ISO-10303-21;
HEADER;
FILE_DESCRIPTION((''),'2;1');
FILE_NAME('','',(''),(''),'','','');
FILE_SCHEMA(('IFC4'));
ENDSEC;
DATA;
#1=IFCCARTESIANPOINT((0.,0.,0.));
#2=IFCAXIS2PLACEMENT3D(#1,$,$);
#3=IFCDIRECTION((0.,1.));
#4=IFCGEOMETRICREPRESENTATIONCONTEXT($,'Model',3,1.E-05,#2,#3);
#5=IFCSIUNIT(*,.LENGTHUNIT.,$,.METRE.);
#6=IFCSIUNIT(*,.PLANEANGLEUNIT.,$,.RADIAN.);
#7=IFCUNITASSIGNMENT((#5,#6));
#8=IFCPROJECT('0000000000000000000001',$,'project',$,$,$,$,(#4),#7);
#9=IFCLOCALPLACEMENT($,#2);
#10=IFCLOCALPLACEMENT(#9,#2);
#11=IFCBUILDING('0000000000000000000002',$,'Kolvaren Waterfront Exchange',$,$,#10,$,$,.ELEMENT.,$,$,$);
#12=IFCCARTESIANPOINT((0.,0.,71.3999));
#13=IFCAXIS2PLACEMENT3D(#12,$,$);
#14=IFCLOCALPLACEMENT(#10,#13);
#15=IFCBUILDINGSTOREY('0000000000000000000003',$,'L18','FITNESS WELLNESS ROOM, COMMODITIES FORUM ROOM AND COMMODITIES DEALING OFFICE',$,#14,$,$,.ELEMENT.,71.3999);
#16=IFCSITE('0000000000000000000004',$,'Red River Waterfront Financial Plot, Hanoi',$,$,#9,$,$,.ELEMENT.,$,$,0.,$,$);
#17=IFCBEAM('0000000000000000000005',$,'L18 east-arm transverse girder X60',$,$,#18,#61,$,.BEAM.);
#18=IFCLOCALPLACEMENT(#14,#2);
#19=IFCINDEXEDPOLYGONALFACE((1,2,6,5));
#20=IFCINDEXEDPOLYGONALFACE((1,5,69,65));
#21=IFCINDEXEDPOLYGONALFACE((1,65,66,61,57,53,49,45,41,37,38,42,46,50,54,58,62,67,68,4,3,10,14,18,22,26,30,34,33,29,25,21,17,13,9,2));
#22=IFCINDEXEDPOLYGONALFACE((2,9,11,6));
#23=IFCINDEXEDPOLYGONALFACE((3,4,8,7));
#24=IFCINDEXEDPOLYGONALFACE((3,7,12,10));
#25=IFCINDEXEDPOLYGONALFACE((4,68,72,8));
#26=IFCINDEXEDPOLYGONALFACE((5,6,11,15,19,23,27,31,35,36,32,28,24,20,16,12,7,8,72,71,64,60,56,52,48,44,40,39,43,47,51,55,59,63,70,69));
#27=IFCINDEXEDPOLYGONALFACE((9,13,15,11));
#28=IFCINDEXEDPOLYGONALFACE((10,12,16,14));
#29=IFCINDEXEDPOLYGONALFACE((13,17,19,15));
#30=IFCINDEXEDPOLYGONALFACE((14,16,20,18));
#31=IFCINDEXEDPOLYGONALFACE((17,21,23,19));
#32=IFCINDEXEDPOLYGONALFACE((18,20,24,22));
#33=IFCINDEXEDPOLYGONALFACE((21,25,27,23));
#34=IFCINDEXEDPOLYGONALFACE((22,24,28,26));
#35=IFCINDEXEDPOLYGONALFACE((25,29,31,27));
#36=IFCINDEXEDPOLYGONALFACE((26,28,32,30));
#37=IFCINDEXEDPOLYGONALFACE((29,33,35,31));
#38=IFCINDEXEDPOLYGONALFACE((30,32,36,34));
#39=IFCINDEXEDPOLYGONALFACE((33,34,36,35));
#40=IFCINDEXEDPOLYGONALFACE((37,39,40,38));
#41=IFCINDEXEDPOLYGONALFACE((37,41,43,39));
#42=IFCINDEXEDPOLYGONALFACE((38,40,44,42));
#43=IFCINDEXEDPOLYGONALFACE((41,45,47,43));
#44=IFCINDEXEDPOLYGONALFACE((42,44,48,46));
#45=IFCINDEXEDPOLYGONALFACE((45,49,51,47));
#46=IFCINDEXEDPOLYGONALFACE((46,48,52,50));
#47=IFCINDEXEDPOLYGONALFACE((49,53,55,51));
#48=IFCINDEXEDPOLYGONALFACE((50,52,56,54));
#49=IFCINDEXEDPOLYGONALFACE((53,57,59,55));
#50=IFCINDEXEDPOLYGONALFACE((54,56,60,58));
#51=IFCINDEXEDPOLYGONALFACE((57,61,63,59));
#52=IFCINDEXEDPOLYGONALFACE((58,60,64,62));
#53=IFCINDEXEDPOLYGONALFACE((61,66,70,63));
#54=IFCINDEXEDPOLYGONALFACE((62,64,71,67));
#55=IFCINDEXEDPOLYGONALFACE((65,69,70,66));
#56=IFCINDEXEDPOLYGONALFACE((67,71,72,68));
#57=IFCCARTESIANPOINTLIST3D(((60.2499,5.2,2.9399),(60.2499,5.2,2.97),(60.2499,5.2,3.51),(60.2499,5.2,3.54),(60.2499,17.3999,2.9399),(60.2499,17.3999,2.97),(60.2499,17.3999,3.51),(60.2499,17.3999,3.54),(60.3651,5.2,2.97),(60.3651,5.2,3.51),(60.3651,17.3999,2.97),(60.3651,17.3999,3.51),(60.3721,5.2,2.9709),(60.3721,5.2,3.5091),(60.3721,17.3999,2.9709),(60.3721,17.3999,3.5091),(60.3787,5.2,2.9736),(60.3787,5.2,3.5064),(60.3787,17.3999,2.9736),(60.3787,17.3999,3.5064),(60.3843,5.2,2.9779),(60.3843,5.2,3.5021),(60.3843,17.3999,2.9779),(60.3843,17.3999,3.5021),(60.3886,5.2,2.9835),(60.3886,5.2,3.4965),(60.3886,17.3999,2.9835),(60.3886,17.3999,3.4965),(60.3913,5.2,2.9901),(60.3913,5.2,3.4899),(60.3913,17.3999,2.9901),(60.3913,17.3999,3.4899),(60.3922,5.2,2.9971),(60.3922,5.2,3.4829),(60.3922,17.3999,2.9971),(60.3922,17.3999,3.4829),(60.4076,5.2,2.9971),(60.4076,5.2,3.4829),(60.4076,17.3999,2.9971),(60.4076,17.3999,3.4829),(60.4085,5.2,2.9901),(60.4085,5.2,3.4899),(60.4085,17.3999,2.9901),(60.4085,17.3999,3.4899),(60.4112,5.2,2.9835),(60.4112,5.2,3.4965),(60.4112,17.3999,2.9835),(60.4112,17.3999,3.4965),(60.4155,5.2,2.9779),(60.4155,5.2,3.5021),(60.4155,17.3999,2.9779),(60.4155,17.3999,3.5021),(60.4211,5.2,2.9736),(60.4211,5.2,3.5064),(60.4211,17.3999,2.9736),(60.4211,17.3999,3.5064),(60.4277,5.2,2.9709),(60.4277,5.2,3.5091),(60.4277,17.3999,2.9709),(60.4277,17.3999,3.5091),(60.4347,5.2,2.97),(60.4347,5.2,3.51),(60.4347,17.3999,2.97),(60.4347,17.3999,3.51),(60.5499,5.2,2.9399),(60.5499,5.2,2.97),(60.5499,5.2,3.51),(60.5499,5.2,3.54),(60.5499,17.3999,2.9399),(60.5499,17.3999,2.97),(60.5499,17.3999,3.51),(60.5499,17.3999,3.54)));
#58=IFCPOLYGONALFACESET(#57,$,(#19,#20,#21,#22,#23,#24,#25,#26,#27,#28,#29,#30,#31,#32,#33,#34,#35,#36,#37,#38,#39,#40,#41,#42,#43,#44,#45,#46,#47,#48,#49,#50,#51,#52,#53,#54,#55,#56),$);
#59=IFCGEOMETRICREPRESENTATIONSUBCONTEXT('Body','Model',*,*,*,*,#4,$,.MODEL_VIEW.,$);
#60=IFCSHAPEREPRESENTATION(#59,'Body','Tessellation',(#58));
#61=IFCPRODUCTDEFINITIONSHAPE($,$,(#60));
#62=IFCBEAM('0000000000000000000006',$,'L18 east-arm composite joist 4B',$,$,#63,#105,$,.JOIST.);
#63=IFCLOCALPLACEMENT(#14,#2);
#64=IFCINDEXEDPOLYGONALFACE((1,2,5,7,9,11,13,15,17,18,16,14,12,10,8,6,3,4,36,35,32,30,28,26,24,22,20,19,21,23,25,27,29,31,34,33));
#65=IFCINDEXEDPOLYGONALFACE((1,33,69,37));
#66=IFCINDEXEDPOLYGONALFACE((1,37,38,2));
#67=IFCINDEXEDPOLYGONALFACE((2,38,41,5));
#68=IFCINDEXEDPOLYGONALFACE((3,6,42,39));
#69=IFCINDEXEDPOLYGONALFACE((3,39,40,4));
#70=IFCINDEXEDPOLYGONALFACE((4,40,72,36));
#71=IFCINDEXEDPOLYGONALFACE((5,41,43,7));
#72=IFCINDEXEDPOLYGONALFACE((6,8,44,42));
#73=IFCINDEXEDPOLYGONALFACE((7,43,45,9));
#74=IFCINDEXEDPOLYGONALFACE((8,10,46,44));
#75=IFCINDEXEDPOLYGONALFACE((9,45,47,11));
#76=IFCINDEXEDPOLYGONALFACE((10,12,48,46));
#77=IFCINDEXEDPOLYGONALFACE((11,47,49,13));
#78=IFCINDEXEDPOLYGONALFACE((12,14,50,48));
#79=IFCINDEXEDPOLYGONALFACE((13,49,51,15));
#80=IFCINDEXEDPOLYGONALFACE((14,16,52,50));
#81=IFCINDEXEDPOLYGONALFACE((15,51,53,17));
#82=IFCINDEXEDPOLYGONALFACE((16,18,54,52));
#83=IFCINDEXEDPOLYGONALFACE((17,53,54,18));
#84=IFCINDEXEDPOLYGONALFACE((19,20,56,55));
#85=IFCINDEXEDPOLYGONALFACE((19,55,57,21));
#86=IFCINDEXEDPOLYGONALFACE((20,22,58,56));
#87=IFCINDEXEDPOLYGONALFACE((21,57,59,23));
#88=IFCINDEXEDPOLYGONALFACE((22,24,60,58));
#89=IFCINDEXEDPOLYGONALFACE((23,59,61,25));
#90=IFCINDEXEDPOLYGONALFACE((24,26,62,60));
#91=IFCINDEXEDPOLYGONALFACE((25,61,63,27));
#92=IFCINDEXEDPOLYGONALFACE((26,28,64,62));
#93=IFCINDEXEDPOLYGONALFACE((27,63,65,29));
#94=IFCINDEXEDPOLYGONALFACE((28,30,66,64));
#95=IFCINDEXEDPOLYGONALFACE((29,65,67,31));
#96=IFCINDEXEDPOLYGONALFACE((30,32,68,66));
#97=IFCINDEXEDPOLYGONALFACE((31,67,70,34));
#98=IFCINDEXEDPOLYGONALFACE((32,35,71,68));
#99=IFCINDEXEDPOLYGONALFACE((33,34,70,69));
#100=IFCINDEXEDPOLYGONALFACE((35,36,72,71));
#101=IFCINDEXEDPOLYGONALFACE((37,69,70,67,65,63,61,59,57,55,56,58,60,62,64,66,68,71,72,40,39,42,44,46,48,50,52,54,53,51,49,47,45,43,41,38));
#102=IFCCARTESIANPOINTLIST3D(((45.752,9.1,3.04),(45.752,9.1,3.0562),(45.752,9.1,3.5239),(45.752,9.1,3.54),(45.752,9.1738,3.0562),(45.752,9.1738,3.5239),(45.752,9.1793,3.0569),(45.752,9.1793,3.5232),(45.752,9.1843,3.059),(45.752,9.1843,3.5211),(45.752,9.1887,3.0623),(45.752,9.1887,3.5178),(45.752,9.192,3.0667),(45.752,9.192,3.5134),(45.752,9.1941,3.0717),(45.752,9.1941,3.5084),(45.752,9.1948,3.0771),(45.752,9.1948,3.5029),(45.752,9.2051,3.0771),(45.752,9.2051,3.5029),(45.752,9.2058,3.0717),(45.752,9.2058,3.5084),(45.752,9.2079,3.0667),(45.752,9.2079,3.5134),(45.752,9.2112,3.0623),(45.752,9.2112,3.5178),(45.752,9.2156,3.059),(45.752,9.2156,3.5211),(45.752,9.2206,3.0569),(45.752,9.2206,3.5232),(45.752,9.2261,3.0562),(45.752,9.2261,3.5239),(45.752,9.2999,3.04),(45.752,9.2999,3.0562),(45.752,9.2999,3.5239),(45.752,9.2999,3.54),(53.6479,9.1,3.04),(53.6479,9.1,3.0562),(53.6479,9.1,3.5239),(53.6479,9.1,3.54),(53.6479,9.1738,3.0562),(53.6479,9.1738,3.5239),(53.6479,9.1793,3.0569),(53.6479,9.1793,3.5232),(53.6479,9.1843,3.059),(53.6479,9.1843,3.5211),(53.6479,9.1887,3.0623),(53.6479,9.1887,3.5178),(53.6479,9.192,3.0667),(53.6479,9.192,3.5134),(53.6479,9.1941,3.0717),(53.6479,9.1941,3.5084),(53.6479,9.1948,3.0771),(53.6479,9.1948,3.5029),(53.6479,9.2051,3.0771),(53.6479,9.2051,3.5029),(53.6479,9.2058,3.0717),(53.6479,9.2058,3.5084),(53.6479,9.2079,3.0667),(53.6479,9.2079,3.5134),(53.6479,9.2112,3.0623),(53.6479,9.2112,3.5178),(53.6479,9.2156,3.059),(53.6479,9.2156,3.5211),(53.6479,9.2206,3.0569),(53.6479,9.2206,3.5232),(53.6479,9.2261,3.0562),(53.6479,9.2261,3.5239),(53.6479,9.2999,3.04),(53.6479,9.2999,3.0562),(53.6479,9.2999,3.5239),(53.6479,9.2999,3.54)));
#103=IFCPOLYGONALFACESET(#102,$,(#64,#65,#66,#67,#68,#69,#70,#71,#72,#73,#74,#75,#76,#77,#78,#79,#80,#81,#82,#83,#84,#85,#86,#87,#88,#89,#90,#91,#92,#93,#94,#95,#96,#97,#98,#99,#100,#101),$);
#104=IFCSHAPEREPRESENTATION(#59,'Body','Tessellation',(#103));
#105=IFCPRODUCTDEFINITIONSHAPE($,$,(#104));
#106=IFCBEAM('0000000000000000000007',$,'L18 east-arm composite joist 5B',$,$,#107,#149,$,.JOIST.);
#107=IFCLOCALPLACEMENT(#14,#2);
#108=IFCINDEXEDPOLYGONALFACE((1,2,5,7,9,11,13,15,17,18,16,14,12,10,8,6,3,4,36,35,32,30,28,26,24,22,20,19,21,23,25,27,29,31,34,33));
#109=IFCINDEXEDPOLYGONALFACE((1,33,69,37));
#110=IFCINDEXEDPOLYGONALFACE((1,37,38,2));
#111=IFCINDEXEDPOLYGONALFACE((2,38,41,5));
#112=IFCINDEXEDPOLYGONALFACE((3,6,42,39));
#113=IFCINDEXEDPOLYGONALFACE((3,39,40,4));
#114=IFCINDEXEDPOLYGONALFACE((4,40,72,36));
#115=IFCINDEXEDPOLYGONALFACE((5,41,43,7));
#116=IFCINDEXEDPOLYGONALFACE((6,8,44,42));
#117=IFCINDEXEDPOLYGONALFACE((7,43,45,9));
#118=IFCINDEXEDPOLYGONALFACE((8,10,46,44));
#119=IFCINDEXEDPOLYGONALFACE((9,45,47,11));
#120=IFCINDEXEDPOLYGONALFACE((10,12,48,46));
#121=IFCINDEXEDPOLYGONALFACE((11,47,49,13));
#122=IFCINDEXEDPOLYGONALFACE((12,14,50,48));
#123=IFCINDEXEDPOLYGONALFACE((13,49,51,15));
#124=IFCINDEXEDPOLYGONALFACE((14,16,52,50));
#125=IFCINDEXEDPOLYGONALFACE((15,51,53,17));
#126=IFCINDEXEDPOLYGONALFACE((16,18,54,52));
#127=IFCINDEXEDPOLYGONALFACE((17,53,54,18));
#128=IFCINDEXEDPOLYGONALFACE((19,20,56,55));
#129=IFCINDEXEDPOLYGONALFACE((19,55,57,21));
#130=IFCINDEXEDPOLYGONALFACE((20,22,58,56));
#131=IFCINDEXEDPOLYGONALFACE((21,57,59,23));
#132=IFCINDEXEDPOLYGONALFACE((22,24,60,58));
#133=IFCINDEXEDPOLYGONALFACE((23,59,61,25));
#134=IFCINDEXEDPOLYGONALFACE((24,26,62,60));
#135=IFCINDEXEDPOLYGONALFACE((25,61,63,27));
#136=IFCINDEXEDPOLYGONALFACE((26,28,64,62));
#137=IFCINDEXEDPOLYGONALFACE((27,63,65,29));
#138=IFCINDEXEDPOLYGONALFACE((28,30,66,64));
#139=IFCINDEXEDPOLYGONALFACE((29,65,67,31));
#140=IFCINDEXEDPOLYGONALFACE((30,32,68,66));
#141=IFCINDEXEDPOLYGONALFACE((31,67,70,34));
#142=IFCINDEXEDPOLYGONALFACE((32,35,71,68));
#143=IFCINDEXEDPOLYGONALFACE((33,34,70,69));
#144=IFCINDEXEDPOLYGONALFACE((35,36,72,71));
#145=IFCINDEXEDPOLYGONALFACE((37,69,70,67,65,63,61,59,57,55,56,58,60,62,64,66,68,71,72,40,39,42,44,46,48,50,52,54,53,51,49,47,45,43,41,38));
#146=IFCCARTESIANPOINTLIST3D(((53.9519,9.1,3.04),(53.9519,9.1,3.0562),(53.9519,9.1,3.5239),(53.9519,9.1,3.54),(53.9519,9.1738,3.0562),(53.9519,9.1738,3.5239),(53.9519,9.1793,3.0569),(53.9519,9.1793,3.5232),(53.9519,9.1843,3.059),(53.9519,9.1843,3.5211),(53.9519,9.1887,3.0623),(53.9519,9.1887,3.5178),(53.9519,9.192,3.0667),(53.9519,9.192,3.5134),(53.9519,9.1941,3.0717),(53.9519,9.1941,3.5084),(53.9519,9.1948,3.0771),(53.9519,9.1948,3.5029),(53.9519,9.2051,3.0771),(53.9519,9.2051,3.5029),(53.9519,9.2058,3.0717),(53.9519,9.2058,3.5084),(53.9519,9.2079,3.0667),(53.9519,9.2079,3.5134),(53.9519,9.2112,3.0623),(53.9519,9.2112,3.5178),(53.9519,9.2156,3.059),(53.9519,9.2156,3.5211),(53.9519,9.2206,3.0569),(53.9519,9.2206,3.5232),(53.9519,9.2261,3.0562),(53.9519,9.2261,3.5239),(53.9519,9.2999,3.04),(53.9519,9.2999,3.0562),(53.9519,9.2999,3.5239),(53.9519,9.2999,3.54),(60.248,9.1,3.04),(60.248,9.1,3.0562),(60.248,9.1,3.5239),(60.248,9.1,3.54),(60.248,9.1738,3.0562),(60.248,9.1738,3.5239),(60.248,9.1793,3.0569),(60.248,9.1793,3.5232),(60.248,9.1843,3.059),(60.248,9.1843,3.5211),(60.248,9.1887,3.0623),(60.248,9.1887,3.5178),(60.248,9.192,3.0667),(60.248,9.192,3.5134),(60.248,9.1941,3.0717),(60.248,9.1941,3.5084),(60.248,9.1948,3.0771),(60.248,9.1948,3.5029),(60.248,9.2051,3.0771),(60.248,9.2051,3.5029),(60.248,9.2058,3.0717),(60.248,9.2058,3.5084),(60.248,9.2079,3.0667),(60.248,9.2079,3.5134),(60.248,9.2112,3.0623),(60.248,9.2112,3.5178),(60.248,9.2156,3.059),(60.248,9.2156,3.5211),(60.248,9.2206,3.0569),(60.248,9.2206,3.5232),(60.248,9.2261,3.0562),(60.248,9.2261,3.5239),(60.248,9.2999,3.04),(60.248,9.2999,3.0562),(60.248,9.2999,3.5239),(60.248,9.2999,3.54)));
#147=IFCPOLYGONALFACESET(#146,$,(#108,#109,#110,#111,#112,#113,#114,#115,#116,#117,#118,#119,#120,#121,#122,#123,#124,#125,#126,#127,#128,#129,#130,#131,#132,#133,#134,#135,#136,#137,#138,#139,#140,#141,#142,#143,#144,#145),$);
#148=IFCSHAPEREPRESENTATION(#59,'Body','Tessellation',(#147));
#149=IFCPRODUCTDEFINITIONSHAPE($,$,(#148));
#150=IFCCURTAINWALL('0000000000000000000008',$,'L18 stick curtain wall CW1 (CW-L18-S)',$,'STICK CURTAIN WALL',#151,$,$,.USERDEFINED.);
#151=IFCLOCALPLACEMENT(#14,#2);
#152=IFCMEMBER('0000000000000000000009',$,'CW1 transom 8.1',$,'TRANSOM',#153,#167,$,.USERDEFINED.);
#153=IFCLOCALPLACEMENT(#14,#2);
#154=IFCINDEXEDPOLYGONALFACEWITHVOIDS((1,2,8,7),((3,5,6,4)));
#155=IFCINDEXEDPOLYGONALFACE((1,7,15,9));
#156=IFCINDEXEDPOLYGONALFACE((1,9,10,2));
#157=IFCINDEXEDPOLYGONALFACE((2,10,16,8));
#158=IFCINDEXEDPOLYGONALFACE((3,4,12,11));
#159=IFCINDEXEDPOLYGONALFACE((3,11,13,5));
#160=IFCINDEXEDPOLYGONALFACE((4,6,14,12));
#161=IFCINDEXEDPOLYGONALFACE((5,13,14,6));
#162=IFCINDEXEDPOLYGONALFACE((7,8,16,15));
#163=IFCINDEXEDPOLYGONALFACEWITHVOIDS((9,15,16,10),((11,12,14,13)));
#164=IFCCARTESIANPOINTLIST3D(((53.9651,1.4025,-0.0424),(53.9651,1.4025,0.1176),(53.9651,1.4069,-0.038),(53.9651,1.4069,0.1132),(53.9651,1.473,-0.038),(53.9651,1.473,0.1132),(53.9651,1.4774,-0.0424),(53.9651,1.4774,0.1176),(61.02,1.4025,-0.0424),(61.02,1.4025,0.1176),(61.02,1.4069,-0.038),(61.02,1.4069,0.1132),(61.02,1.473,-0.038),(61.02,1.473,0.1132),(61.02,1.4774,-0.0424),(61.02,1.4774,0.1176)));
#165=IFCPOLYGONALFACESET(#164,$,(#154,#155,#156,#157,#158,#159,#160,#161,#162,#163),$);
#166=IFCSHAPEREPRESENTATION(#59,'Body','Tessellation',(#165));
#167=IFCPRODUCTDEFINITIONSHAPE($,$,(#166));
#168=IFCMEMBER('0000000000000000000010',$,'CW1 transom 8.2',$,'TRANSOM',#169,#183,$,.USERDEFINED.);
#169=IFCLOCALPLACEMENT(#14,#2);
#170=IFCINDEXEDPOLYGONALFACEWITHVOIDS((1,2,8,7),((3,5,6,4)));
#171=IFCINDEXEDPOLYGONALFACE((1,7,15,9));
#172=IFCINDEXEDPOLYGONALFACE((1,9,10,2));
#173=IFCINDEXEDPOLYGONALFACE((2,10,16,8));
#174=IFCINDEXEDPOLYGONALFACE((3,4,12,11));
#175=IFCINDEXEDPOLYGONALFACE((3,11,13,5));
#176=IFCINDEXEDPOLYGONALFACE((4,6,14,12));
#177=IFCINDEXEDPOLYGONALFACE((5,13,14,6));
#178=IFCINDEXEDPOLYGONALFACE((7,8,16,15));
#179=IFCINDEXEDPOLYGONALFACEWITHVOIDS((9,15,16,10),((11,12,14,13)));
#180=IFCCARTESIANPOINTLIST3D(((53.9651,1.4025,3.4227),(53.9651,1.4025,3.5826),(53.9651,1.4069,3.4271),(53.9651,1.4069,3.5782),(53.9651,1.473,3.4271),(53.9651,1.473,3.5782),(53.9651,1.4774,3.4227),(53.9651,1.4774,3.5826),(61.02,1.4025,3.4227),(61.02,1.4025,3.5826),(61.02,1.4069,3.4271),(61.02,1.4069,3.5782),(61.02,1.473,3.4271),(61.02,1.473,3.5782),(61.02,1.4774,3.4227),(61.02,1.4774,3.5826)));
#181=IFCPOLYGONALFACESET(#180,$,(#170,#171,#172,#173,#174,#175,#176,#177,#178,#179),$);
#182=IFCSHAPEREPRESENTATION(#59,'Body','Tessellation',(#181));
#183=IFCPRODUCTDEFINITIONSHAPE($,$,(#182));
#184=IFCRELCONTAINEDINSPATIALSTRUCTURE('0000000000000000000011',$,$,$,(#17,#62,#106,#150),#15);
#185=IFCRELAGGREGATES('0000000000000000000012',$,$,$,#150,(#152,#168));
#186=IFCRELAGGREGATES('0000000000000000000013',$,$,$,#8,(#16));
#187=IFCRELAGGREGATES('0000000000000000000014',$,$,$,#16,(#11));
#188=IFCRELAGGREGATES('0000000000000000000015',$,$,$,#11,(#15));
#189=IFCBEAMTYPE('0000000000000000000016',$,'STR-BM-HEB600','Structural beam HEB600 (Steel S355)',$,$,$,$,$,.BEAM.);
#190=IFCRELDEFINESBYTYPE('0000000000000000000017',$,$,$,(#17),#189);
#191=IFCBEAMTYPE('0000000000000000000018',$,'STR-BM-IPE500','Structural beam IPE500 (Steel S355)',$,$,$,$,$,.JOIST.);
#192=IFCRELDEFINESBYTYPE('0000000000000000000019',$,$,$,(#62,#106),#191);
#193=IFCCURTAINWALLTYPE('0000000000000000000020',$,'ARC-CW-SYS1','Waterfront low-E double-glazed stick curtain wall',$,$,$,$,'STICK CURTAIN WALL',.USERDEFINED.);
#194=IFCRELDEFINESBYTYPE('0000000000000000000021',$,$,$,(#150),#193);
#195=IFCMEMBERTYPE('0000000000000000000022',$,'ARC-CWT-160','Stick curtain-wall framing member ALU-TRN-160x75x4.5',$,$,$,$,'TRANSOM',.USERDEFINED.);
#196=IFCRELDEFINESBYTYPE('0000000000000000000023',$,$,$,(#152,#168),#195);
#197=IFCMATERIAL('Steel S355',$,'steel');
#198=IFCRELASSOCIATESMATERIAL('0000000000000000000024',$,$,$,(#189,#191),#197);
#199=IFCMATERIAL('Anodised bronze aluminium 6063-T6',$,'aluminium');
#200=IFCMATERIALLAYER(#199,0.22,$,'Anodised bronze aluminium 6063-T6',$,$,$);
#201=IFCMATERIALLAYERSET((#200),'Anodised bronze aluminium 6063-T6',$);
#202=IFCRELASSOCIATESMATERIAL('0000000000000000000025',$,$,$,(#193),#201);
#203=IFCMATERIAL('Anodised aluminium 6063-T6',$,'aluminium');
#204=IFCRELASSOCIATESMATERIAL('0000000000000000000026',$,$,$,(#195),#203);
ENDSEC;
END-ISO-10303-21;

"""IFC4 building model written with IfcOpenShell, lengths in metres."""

from ifc_helpers import new_model, si_unit, direction, frame, origin, origin_with_axes, origin_2d, place, context, subcontext, project, spatial, hollow_rectangle, i_section, extrude, source, transform, mapped, material, layer, layer_set, material_profile, profile_set, type_object, element, aggregate, save


model = new_model("IFC4")

# Units and contexts
model_context = context("Model", 3, precision=1e-05, world=origin(), true_north=direction((0.0, 1.0)))
body_context = subcontext(model_context, "Body", "Model", "MODEL_VIEW")
ifc_project = project(units=[si_unit("LENGTHUNIT", "METRE"), si_unit("PLANEANGLEUNIT", "RADIAN")], contexts=[model_context])

# Site, building, storey
site_placement = place(None, origin())
site = spatial("IfcSite", under=ifc_project, at=site_placement, Name="Red River Waterfront Financial Plot, Hanoi", CompositionType="ELEMENT", RefElevation=0.0)
building_placement = place(site_placement, origin())
building = spatial("IfcBuilding", under=site, at=building_placement, Name="Kolvaren Waterfront Exchange", CompositionType="ELEMENT")
storey_placement = place(building_placement, frame((0.0, 0.0, 71.3999)))
storey = spatial("IfcBuildingStorey", under=building, at=storey_placement, Name="L18", Description="FITNESS WELLNESS ROOM, COMMODITIES FORUM ROOM AND COMMODITIES DEALING OFFICE", CompositionType="ELEMENT", Elevation=71.3999)

# Beams
ifc_material_1 = material(Name="Steel S355", Category="steel")
ifc_material_profile_1 = material_profile(ifc_material_1, i_section(OverallWidth=0.3, OverallDepth=0.6001, WebThickness=0.0154, FlangeThickness=0.03, FilletRadius=0.0271, at=origin_2d()), Name="HEB600")
ifc_profile_set_1 = profile_set([ifc_material_profile_1], Name="Steel S355")
beam_type_1 = type_object("IfcBeamType", Name="STR-BM-HEB600", Description="Structural beam HEB600 (Steel S355)", PredefinedType="BEAM", material=ifc_profile_set_1)
for number, where, z_axis, x_axis, name in (
    (1, (60.3999, 5.2, 3.24), (0.0, 1.0, 0.0), (-1.0, 0.0, 0.0), "L18 east-arm transverse girder X60"),
):
    element("IfcBeam", number, at=place(storey_placement, frame(where, z_axis=z_axis, x_axis=x_axis)), inside=storey, type_object=beam_type_1, Name=name, PredefinedType="BEAM", context=body_context, shape_type="SweptSolid", body=[
        extrude(i_section(OverallWidth=0.3, OverallDepth=0.6001, WebThickness=0.0154, FlangeThickness=0.03, FilletRadius=0.0271, at=origin_2d()), origin(), (0.0, 0.0, 1.0), 12.2),
    ])
ifc_material_profile_2 = material_profile(ifc_material_1, i_section(OverallWidth=0.2, OverallDepth=0.5, WebThickness=0.0103, FlangeThickness=0.0161, FilletRadius=0.021, at=origin_2d()), Name="IPE500")
ifc_profile_set_2 = profile_set([ifc_material_profile_2], Name="Steel S355")
beam_type_2 = type_object("IfcBeamType", Name="STR-BM-IPE500", Description="Structural beam IPE500 (Steel S355)", PredefinedType="JOIST", material=ifc_profile_set_2)
beam_1_placement = place(storey_placement, frame((45.752, 9.2, 3.29), z_axis=(1.0, 0.0, 0.0), x_axis=(0.0, 1.0, 0.0)))
element("IfcBeam", 2, at=beam_1_placement, inside=storey, type_object=beam_type_2, Name="L18 east-arm composite joist 4B", PredefinedType="JOIST", context=body_context, shape_type="SweptSolid", body=[
    extrude(i_section(OverallWidth=0.2, OverallDepth=0.5, WebThickness=0.0103, FlangeThickness=0.0161, FilletRadius=0.021, at=origin_2d()), origin(), (0.0, 0.0, 1.0), 7.896),
])
beam_2_placement = place(storey_placement, frame((53.9519, 9.2, 3.29), z_axis=(1.0, 0.0, 0.0), x_axis=(0.0, 1.0, 0.0)))
element("IfcBeam", 3, at=beam_2_placement, inside=storey, type_object=beam_type_2, Name="L18 east-arm composite joist 5B", PredefinedType="JOIST", context=body_context, shape_type="SweptSolid", body=[
    extrude(i_section(OverallWidth=0.2, OverallDepth=0.5, WebThickness=0.0103, FlangeThickness=0.0161, FilletRadius=0.021, at=origin_2d()), origin(), (0.0, 0.0, 1.0), 6.2961),
])

# Curtain wall, members
ifc_material_2 = material(Name="Anodised bronze aluminium 6063-T6", Category="aluminium")
ifc_layer_1 = layer(ifc_material_2, 0.22, Name="Anodised bronze aluminium 6063-T6")
ifc_layer_set_1 = layer_set([ifc_layer_1], Name="Anodised bronze aluminium 6063-T6")
curtain_wall_type = type_object("IfcCurtainWallType", Name="ARC-CW-SYS1", Description="Waterfront low-E double-glazed stick curtain wall", ElementType="STICK CURTAIN WALL", PredefinedType="USERDEFINED", material=ifc_layer_set_1)
curtain_wall_placement = place(storey_placement, origin())
curtain_wall = element("IfcCurtainWall", 4, at=curtain_wall_placement, inside=storey, type_object=curtain_wall_type, Name="L18 stick curtain wall CW1 (CW-L18-S)", ObjectType="STICK CURTAIN WALL", PredefinedType="USERDEFINED")
ifc_material_3 = material(Name="Anodised aluminium 6063-T6", Category="aluminium")
ifc_material_profile_3 = material_profile(ifc_material_3, hollow_rectangle(XDim=0.075, YDim=0.1599, WallThickness=0.0044, at=origin_2d()), Name="ALU-TRN-160x75x4.5")
ifc_profile_set_3 = profile_set([ifc_material_profile_3], Name="Anodised aluminium 6063-T6")
member_type_1 = type_object("IfcMemberType", Name="ARC-CWT-160", Description="Stick curtain-wall framing member ALU-TRN-160x75x4.5", ElementType="TRANSOM", PredefinedType="USERDEFINED", material=ifc_profile_set_3)
shared_shape_1 = source(origin_with_axes(), body_context, "Body", "SweptSolid", [
    extrude(hollow_rectangle(XDim=0.075, YDim=0.1599, WallThickness=0.0044, at=origin_2d()), origin(), (0.0, 0.0, 1.0), 7.0549),
])
member_1_placement = place(storey_placement, frame((53.9651, 1.4399, 0.0376), z_axis=(1.0, 0.0, 0.0), x_axis=(0.0, 1.0, 0.0)))
member_1 = element("IfcMember", 5, at=member_1_placement, type_object=member_type_1, Name="CW1 transom 8.1", ObjectType="TRANSOM", PredefinedType="USERDEFINED", context=body_context, shape_type="MappedRepresentation", body=[
    mapped(shared_shape_1, transform((0.0, 0.0, 0.0), x_axis=(1.0, 0.0, 0.0), y_axis=(0.0, 1.0, 0.0), z_axis=(0.0, 0.0, 1.0), scale=1.0)),
])
member_2_placement = place(storey_placement, frame((53.9651, 1.4399, 3.5027), z_axis=(1.0, 0.0, 0.0), x_axis=(0.0, 1.0, 0.0)))
member_2 = element("IfcMember", 6, at=member_2_placement, type_object=member_type_1, Name="CW1 transom 8.2", ObjectType="TRANSOM", PredefinedType="USERDEFINED", context=body_context, shape_type="MappedRepresentation", body=[
    mapped(shared_shape_1, transform((0.0, 0.0, 0.0), x_axis=(1.0, 0.0, 0.0), y_axis=(0.0, 1.0, 0.0), z_axis=(0.0, 0.0, 1.0), scale=1.0)),
])
aggregate(curtain_wall, [member_1, member_2])

save(model, "model.ifc")
